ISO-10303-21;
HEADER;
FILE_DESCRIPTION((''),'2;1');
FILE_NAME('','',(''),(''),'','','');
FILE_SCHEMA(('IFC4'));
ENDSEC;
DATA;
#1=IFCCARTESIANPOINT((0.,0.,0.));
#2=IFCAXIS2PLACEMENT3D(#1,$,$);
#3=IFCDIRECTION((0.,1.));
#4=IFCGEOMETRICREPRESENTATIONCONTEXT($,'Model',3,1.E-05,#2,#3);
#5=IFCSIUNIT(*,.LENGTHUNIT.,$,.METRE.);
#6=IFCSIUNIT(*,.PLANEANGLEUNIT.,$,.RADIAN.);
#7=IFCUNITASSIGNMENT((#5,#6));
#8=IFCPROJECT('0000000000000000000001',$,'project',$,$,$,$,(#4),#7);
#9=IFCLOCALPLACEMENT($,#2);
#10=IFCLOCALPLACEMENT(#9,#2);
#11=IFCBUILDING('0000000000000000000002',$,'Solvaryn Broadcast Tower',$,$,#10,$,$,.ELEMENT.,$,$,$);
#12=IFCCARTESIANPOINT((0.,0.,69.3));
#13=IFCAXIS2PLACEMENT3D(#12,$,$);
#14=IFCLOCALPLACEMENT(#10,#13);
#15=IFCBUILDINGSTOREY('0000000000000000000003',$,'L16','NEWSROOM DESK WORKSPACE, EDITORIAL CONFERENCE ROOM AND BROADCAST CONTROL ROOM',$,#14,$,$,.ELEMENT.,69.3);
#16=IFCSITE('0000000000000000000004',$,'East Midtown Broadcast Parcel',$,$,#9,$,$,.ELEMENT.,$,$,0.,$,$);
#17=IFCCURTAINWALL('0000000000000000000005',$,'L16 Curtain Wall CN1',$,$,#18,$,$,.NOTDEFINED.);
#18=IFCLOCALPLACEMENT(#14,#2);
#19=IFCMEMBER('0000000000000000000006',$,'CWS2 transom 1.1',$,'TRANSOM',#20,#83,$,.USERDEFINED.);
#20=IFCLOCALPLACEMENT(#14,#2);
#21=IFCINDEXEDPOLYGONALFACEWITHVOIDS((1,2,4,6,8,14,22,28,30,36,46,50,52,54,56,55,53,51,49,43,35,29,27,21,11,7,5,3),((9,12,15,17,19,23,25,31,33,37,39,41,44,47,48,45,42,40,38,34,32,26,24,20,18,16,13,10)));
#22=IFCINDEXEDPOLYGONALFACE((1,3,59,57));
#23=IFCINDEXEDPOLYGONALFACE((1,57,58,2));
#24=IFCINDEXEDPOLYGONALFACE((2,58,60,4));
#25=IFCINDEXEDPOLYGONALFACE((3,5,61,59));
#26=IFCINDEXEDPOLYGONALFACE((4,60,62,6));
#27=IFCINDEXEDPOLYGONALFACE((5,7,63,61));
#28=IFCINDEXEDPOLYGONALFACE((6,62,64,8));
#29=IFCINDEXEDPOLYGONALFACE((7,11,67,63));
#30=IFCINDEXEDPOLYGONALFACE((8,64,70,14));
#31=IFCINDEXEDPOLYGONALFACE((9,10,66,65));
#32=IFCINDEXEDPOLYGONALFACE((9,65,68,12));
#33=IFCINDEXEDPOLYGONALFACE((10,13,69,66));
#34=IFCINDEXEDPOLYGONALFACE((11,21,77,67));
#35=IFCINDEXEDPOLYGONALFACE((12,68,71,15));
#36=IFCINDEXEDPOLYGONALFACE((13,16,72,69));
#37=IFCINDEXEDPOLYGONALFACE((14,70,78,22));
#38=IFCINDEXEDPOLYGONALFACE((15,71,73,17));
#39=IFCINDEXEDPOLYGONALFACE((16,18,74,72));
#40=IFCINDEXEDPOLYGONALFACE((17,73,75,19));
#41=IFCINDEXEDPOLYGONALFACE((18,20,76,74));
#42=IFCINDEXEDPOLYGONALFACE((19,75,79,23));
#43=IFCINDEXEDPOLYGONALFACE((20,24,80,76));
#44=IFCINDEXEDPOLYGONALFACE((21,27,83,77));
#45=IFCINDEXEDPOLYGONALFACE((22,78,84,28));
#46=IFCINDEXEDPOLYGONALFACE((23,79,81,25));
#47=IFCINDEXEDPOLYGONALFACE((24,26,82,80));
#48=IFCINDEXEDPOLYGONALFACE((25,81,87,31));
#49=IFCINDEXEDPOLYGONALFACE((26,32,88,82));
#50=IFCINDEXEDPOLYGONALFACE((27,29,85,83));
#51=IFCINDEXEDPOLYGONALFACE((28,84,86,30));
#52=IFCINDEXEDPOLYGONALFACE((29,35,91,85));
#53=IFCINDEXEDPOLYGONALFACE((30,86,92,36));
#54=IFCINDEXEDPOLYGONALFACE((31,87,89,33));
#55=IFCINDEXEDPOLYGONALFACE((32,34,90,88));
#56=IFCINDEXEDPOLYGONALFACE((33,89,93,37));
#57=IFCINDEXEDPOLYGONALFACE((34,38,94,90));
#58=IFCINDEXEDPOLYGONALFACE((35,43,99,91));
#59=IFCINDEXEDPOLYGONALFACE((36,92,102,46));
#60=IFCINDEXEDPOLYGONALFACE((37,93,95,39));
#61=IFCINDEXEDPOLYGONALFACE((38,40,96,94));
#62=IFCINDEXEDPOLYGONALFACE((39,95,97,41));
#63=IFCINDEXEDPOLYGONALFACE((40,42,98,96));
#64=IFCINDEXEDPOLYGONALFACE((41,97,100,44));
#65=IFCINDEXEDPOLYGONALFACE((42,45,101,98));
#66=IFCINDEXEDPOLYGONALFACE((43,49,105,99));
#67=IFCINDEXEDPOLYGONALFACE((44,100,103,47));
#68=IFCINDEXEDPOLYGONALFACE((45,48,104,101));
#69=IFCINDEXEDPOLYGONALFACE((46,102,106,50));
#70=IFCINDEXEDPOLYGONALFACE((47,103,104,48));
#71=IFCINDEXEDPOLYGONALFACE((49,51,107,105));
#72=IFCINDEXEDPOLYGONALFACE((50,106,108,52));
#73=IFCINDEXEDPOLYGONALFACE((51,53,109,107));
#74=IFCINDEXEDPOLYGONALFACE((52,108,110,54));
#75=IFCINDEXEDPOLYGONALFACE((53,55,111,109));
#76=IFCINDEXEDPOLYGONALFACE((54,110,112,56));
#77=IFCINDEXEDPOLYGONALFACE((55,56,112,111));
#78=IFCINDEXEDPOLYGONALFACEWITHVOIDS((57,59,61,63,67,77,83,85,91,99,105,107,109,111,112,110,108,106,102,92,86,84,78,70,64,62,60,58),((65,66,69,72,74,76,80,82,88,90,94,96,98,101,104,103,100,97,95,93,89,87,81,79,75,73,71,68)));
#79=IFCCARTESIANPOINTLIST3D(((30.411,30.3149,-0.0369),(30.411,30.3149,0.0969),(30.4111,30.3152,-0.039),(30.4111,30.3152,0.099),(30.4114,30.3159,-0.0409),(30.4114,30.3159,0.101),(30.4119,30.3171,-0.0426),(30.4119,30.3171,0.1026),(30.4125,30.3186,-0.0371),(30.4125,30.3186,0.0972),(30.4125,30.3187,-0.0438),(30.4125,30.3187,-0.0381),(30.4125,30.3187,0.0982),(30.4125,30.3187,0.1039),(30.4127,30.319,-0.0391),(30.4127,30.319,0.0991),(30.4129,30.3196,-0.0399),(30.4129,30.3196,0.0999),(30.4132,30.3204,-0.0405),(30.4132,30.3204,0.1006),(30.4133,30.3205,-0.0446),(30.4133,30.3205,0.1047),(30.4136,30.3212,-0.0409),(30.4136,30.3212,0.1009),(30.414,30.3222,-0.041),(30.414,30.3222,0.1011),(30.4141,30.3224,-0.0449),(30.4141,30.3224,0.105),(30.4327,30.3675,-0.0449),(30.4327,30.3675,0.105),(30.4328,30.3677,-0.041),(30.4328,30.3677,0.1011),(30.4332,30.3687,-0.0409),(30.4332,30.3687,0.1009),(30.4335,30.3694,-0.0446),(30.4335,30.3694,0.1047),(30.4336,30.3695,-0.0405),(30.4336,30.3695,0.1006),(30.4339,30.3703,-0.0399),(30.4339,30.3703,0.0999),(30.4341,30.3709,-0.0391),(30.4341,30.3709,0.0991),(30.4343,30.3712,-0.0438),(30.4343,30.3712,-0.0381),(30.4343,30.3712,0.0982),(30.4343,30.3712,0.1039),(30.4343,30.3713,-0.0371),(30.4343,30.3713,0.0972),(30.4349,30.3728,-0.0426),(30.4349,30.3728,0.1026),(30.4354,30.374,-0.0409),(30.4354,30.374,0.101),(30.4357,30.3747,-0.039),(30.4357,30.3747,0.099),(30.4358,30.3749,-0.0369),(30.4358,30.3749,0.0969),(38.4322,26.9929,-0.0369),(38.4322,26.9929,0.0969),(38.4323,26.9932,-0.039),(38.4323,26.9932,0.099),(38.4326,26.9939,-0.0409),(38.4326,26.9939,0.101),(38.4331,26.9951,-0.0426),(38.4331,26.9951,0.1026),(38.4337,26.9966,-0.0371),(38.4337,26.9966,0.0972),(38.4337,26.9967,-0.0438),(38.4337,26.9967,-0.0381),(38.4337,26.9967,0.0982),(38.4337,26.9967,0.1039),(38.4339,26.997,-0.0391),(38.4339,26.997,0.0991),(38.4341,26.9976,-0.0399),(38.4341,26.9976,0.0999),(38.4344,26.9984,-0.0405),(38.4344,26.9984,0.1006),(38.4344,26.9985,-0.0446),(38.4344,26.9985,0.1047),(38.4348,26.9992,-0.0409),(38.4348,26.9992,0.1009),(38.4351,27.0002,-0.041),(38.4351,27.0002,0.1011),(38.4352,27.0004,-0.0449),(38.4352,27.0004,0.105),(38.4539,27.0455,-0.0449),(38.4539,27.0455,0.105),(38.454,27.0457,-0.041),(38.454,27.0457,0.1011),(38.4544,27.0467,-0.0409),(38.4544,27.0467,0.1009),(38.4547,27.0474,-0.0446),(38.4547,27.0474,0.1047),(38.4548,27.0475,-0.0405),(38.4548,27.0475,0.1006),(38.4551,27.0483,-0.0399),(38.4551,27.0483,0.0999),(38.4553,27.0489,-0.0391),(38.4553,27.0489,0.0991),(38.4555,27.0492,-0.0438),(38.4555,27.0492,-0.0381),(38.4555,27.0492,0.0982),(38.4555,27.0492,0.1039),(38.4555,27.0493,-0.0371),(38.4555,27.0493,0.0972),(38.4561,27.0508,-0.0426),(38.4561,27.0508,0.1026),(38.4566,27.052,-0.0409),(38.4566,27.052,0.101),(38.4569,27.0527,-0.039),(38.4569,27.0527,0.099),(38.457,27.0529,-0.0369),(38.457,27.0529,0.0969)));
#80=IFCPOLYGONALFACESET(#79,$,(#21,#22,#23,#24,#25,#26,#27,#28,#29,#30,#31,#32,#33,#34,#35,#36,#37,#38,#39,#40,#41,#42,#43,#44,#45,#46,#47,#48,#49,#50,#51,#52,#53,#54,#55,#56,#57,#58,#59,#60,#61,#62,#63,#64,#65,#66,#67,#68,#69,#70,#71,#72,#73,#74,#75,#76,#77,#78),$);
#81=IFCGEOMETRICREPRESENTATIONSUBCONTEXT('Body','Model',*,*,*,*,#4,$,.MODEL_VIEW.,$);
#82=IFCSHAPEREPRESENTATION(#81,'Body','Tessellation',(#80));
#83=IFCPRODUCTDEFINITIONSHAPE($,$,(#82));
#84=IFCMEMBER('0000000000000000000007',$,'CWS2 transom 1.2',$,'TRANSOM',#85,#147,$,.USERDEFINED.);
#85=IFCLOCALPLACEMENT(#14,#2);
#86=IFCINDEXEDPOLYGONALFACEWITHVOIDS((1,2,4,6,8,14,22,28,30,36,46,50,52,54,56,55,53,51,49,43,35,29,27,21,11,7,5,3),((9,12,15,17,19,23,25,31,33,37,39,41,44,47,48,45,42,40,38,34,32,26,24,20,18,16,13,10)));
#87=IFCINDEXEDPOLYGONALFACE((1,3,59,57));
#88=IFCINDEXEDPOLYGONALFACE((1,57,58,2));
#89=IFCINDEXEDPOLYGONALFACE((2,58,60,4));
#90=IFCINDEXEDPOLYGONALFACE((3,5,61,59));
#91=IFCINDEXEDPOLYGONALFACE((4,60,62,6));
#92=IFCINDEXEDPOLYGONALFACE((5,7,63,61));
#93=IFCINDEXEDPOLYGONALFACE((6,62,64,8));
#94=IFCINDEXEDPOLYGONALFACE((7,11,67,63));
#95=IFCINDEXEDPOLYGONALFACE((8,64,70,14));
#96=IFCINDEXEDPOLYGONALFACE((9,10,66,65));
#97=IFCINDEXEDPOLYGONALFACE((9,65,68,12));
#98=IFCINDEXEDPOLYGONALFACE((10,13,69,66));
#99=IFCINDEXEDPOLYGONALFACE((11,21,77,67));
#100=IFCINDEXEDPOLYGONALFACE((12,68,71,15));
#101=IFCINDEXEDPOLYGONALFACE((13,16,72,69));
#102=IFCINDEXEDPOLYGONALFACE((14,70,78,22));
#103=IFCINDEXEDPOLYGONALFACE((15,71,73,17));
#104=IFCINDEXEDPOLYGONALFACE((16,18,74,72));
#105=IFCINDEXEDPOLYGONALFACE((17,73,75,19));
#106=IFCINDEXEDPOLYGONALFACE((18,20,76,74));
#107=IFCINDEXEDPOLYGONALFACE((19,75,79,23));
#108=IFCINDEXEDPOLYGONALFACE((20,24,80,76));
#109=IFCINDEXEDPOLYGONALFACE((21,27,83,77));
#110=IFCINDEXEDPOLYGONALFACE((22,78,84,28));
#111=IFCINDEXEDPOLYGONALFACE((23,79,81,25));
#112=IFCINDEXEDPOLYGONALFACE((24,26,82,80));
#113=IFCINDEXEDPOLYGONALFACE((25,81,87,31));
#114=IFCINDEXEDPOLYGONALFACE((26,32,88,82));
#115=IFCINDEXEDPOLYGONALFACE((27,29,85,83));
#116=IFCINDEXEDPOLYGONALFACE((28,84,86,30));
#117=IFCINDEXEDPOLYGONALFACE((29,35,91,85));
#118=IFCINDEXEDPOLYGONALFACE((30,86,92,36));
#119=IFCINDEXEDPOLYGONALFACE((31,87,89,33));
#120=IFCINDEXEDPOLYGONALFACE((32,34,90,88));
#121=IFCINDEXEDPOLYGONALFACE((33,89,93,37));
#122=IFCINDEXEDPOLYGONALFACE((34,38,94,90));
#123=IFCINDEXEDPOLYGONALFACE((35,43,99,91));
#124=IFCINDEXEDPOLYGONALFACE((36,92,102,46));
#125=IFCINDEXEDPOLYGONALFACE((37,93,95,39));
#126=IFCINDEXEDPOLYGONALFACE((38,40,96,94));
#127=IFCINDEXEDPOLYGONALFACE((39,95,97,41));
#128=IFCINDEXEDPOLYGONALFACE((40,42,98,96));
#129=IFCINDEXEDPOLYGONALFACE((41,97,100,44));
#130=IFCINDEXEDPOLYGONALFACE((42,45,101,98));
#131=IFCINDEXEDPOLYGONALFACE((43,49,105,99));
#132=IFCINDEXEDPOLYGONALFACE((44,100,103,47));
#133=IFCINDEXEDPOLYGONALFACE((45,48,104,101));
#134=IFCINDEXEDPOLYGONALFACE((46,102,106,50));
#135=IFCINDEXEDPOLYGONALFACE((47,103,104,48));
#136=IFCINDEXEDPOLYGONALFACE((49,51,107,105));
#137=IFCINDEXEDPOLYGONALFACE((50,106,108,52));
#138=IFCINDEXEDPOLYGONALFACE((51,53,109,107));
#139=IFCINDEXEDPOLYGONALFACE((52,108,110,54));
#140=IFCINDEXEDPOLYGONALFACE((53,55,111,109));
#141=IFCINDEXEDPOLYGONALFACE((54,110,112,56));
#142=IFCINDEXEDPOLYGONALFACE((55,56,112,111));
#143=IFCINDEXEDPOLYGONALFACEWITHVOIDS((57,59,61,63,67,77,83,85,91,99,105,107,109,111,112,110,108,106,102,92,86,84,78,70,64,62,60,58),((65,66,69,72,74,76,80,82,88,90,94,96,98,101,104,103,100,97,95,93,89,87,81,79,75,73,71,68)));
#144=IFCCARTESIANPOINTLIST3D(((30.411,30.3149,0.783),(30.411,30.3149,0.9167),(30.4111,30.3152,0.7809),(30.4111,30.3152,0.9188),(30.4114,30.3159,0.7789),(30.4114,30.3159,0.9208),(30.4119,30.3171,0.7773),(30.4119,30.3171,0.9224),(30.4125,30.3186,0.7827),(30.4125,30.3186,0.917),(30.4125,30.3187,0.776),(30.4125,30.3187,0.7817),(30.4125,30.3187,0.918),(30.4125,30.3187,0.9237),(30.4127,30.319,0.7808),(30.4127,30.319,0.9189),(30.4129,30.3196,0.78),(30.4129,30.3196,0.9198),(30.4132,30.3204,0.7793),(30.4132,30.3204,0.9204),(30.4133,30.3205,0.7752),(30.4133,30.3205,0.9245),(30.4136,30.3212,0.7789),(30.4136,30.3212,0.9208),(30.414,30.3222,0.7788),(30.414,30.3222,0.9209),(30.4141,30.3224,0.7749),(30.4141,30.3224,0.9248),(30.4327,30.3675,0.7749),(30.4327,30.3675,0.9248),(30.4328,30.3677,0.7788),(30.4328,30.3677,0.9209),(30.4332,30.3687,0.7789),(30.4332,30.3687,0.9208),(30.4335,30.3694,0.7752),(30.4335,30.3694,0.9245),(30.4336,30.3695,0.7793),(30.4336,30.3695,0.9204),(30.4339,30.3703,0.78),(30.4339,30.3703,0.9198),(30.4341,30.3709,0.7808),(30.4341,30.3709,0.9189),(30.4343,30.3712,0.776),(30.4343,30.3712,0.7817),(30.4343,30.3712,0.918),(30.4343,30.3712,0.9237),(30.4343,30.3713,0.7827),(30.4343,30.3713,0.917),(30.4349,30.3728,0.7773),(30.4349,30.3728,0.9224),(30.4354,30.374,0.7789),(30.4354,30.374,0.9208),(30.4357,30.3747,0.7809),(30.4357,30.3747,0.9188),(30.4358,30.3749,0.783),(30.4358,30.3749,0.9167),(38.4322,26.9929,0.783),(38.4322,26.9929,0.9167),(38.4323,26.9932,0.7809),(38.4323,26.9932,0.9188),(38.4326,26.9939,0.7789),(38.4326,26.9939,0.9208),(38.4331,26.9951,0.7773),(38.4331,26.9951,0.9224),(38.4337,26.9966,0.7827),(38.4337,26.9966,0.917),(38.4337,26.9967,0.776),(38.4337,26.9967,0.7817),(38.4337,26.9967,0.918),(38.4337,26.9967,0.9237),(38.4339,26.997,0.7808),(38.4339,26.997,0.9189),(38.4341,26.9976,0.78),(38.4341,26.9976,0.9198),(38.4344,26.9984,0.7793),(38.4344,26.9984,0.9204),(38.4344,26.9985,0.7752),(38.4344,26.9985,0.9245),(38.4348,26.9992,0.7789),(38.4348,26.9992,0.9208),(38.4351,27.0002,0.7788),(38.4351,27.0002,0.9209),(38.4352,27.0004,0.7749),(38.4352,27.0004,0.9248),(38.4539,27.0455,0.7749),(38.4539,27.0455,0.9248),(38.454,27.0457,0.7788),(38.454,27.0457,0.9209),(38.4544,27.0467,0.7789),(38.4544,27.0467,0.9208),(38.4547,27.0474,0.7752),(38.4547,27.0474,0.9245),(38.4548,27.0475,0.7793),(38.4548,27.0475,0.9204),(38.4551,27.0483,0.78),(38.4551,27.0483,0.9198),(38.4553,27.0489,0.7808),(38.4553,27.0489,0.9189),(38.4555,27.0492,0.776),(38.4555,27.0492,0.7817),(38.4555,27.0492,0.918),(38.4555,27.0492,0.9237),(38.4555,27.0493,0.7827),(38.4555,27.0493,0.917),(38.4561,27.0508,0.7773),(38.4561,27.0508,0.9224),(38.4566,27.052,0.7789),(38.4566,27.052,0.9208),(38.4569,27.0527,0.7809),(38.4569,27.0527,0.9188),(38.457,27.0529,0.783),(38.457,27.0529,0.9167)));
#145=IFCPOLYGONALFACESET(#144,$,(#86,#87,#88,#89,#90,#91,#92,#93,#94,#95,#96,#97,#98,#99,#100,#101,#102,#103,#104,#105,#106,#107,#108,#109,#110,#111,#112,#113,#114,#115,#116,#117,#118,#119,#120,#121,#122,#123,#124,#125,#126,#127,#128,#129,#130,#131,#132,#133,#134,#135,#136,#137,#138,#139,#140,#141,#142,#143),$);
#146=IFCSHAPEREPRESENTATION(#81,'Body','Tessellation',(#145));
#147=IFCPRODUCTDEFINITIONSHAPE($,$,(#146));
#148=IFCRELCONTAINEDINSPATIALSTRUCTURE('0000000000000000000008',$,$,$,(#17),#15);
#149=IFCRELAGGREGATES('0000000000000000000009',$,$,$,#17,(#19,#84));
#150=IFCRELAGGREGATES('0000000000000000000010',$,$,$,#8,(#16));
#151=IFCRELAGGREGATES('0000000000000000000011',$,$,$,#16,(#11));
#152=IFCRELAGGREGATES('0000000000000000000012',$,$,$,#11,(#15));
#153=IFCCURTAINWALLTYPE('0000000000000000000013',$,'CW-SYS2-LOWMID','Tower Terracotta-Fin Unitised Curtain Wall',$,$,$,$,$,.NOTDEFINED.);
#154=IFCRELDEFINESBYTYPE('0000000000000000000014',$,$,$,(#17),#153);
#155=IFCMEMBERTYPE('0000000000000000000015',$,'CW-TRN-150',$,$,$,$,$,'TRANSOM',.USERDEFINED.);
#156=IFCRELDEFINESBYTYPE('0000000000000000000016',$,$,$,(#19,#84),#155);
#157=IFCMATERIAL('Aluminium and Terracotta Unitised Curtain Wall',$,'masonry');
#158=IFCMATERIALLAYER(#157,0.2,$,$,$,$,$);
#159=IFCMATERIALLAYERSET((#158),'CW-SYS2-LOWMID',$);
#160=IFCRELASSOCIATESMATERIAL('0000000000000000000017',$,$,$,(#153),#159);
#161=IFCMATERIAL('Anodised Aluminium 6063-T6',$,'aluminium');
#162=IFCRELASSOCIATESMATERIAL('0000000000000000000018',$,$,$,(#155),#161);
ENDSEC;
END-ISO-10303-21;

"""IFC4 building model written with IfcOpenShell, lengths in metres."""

from ifc_helpers import new_model, si_unit, direction, frame, origin, origin_2d, place, context, subcontext, project, spatial, hollow_rectangle, extrude, material, layer, layer_set, material_profile, profile_set, type_object, element, aggregate, save


model = new_model("IFC4")

# Units and contexts
model_context = context("Model", 3, precision=1e-05, world=origin(), true_north=direction((0.0, 1.0)))
body_context = subcontext(model_context, "Body", "Model", "MODEL_VIEW")
ifc_project = project(units=[si_unit("LENGTHUNIT", "METRE"), si_unit("PLANEANGLEUNIT", "RADIAN")], contexts=[model_context])

# Site, building, storey
site_placement = place(None, origin())
site = spatial("IfcSite", under=ifc_project, at=site_placement, Name="East Midtown Broadcast Parcel", CompositionType="ELEMENT", RefElevation=0.0)
building_placement = place(site_placement, origin())
building = spatial("IfcBuilding", under=site, at=building_placement, Name="Solvaryn Broadcast Tower", CompositionType="ELEMENT")
storey_placement = place(building_placement, frame((0.0, 0.0, 69.3)))
storey = spatial("IfcBuildingStorey", under=building, at=storey_placement, Name="L16", Description="NEWSROOM DESK WORKSPACE, EDITORIAL CONFERENCE ROOM AND BROADCAST CONTROL ROOM", CompositionType="ELEMENT", Elevation=69.3)

# Curtain wall
ifc_material_1 = material(Name="Aluminium and Terracotta Unitised Curtain Wall", Category="masonry")
ifc_layer_1 = layer(ifc_material_1, 0.2)
ifc_layer_set_1 = layer_set([ifc_layer_1], Name="CW-SYS2-LOWMID")
curtain_wall_type = type_object("IfcCurtainWallType", Name="CW-SYS2-LOWMID", Description="Tower Terracotta-Fin Unitised Curtain Wall", PredefinedType="NOTDEFINED", material=ifc_layer_set_1)
curtain_wall_1_placement = place(storey_placement, origin())
curtain_wall_1 = element("IfcCurtainWall", 1, at=curtain_wall_1_placement, inside=storey, type_object=curtain_wall_type, Name="L16 Curtain Wall CN1", PredefinedType="NOTDEFINED")

# Members
ifc_material_2 = material(Name="Anodised Aluminium 6063-T6", Category="aluminium")
ifc_material_profile_1 = material_profile(ifc_material_2, hollow_rectangle(XDim=0.0649, YDim=0.1499, WallThickness=0.0039, InnerFilletRadius=0.0039, OuterFilletRadius=0.0081, at=origin_2d()))
ifc_profile_set_1 = profile_set([ifc_material_profile_1], Name="Anodised Aluminium 6063-T6")
member_type_1 = type_object("IfcMemberType", Name="CW-TRN-150", ElementType="TRANSOM", PredefinedType="USERDEFINED", material=ifc_profile_set_1)
member_1_placement = place(storey_placement, frame((38.4446, 27.0229, 0.03), z_axis=(-0.923899, 0.382636, 0.0), x_axis=(-0.382636, -0.923899, 0.0)))
member_1 = element("IfcMember", 2, at=member_1_placement, type_object=member_type_1, Name="CWS2 transom 1.1", ObjectType="TRANSOM", PredefinedType="USERDEFINED", context=body_context, shape_type="SweptSolid", body=[
    extrude(hollow_rectangle(XDim=0.0649, YDim=0.1499, WallThickness=0.0039, InnerFilletRadius=0.0039, OuterFilletRadius=0.0081, at=origin_2d()), origin(), (0.0, 0.0, 1.0), 8.6819),
])
member_2_placement = place(storey_placement, frame((38.4446, 27.0229, 0.8499), z_axis=(-0.923899, 0.382636, 0.0), x_axis=(-0.382636, -0.923899, 0.0)))
member_2 = element("IfcMember", 3, at=member_2_placement, type_object=member_type_1, Name="CWS2 transom 1.2", ObjectType="TRANSOM", PredefinedType="USERDEFINED", context=body_context, shape_type="SweptSolid", body=[
    extrude(hollow_rectangle(XDim=0.0649, YDim=0.1499, WallThickness=0.0039, InnerFilletRadius=0.0039, OuterFilletRadius=0.0081, at=origin_2d()), origin(), (0.0, 0.0, 1.0), 8.6819),
])
aggregate(curtain_wall_1, [member_1, member_2])

save(model, "model.ifc")
